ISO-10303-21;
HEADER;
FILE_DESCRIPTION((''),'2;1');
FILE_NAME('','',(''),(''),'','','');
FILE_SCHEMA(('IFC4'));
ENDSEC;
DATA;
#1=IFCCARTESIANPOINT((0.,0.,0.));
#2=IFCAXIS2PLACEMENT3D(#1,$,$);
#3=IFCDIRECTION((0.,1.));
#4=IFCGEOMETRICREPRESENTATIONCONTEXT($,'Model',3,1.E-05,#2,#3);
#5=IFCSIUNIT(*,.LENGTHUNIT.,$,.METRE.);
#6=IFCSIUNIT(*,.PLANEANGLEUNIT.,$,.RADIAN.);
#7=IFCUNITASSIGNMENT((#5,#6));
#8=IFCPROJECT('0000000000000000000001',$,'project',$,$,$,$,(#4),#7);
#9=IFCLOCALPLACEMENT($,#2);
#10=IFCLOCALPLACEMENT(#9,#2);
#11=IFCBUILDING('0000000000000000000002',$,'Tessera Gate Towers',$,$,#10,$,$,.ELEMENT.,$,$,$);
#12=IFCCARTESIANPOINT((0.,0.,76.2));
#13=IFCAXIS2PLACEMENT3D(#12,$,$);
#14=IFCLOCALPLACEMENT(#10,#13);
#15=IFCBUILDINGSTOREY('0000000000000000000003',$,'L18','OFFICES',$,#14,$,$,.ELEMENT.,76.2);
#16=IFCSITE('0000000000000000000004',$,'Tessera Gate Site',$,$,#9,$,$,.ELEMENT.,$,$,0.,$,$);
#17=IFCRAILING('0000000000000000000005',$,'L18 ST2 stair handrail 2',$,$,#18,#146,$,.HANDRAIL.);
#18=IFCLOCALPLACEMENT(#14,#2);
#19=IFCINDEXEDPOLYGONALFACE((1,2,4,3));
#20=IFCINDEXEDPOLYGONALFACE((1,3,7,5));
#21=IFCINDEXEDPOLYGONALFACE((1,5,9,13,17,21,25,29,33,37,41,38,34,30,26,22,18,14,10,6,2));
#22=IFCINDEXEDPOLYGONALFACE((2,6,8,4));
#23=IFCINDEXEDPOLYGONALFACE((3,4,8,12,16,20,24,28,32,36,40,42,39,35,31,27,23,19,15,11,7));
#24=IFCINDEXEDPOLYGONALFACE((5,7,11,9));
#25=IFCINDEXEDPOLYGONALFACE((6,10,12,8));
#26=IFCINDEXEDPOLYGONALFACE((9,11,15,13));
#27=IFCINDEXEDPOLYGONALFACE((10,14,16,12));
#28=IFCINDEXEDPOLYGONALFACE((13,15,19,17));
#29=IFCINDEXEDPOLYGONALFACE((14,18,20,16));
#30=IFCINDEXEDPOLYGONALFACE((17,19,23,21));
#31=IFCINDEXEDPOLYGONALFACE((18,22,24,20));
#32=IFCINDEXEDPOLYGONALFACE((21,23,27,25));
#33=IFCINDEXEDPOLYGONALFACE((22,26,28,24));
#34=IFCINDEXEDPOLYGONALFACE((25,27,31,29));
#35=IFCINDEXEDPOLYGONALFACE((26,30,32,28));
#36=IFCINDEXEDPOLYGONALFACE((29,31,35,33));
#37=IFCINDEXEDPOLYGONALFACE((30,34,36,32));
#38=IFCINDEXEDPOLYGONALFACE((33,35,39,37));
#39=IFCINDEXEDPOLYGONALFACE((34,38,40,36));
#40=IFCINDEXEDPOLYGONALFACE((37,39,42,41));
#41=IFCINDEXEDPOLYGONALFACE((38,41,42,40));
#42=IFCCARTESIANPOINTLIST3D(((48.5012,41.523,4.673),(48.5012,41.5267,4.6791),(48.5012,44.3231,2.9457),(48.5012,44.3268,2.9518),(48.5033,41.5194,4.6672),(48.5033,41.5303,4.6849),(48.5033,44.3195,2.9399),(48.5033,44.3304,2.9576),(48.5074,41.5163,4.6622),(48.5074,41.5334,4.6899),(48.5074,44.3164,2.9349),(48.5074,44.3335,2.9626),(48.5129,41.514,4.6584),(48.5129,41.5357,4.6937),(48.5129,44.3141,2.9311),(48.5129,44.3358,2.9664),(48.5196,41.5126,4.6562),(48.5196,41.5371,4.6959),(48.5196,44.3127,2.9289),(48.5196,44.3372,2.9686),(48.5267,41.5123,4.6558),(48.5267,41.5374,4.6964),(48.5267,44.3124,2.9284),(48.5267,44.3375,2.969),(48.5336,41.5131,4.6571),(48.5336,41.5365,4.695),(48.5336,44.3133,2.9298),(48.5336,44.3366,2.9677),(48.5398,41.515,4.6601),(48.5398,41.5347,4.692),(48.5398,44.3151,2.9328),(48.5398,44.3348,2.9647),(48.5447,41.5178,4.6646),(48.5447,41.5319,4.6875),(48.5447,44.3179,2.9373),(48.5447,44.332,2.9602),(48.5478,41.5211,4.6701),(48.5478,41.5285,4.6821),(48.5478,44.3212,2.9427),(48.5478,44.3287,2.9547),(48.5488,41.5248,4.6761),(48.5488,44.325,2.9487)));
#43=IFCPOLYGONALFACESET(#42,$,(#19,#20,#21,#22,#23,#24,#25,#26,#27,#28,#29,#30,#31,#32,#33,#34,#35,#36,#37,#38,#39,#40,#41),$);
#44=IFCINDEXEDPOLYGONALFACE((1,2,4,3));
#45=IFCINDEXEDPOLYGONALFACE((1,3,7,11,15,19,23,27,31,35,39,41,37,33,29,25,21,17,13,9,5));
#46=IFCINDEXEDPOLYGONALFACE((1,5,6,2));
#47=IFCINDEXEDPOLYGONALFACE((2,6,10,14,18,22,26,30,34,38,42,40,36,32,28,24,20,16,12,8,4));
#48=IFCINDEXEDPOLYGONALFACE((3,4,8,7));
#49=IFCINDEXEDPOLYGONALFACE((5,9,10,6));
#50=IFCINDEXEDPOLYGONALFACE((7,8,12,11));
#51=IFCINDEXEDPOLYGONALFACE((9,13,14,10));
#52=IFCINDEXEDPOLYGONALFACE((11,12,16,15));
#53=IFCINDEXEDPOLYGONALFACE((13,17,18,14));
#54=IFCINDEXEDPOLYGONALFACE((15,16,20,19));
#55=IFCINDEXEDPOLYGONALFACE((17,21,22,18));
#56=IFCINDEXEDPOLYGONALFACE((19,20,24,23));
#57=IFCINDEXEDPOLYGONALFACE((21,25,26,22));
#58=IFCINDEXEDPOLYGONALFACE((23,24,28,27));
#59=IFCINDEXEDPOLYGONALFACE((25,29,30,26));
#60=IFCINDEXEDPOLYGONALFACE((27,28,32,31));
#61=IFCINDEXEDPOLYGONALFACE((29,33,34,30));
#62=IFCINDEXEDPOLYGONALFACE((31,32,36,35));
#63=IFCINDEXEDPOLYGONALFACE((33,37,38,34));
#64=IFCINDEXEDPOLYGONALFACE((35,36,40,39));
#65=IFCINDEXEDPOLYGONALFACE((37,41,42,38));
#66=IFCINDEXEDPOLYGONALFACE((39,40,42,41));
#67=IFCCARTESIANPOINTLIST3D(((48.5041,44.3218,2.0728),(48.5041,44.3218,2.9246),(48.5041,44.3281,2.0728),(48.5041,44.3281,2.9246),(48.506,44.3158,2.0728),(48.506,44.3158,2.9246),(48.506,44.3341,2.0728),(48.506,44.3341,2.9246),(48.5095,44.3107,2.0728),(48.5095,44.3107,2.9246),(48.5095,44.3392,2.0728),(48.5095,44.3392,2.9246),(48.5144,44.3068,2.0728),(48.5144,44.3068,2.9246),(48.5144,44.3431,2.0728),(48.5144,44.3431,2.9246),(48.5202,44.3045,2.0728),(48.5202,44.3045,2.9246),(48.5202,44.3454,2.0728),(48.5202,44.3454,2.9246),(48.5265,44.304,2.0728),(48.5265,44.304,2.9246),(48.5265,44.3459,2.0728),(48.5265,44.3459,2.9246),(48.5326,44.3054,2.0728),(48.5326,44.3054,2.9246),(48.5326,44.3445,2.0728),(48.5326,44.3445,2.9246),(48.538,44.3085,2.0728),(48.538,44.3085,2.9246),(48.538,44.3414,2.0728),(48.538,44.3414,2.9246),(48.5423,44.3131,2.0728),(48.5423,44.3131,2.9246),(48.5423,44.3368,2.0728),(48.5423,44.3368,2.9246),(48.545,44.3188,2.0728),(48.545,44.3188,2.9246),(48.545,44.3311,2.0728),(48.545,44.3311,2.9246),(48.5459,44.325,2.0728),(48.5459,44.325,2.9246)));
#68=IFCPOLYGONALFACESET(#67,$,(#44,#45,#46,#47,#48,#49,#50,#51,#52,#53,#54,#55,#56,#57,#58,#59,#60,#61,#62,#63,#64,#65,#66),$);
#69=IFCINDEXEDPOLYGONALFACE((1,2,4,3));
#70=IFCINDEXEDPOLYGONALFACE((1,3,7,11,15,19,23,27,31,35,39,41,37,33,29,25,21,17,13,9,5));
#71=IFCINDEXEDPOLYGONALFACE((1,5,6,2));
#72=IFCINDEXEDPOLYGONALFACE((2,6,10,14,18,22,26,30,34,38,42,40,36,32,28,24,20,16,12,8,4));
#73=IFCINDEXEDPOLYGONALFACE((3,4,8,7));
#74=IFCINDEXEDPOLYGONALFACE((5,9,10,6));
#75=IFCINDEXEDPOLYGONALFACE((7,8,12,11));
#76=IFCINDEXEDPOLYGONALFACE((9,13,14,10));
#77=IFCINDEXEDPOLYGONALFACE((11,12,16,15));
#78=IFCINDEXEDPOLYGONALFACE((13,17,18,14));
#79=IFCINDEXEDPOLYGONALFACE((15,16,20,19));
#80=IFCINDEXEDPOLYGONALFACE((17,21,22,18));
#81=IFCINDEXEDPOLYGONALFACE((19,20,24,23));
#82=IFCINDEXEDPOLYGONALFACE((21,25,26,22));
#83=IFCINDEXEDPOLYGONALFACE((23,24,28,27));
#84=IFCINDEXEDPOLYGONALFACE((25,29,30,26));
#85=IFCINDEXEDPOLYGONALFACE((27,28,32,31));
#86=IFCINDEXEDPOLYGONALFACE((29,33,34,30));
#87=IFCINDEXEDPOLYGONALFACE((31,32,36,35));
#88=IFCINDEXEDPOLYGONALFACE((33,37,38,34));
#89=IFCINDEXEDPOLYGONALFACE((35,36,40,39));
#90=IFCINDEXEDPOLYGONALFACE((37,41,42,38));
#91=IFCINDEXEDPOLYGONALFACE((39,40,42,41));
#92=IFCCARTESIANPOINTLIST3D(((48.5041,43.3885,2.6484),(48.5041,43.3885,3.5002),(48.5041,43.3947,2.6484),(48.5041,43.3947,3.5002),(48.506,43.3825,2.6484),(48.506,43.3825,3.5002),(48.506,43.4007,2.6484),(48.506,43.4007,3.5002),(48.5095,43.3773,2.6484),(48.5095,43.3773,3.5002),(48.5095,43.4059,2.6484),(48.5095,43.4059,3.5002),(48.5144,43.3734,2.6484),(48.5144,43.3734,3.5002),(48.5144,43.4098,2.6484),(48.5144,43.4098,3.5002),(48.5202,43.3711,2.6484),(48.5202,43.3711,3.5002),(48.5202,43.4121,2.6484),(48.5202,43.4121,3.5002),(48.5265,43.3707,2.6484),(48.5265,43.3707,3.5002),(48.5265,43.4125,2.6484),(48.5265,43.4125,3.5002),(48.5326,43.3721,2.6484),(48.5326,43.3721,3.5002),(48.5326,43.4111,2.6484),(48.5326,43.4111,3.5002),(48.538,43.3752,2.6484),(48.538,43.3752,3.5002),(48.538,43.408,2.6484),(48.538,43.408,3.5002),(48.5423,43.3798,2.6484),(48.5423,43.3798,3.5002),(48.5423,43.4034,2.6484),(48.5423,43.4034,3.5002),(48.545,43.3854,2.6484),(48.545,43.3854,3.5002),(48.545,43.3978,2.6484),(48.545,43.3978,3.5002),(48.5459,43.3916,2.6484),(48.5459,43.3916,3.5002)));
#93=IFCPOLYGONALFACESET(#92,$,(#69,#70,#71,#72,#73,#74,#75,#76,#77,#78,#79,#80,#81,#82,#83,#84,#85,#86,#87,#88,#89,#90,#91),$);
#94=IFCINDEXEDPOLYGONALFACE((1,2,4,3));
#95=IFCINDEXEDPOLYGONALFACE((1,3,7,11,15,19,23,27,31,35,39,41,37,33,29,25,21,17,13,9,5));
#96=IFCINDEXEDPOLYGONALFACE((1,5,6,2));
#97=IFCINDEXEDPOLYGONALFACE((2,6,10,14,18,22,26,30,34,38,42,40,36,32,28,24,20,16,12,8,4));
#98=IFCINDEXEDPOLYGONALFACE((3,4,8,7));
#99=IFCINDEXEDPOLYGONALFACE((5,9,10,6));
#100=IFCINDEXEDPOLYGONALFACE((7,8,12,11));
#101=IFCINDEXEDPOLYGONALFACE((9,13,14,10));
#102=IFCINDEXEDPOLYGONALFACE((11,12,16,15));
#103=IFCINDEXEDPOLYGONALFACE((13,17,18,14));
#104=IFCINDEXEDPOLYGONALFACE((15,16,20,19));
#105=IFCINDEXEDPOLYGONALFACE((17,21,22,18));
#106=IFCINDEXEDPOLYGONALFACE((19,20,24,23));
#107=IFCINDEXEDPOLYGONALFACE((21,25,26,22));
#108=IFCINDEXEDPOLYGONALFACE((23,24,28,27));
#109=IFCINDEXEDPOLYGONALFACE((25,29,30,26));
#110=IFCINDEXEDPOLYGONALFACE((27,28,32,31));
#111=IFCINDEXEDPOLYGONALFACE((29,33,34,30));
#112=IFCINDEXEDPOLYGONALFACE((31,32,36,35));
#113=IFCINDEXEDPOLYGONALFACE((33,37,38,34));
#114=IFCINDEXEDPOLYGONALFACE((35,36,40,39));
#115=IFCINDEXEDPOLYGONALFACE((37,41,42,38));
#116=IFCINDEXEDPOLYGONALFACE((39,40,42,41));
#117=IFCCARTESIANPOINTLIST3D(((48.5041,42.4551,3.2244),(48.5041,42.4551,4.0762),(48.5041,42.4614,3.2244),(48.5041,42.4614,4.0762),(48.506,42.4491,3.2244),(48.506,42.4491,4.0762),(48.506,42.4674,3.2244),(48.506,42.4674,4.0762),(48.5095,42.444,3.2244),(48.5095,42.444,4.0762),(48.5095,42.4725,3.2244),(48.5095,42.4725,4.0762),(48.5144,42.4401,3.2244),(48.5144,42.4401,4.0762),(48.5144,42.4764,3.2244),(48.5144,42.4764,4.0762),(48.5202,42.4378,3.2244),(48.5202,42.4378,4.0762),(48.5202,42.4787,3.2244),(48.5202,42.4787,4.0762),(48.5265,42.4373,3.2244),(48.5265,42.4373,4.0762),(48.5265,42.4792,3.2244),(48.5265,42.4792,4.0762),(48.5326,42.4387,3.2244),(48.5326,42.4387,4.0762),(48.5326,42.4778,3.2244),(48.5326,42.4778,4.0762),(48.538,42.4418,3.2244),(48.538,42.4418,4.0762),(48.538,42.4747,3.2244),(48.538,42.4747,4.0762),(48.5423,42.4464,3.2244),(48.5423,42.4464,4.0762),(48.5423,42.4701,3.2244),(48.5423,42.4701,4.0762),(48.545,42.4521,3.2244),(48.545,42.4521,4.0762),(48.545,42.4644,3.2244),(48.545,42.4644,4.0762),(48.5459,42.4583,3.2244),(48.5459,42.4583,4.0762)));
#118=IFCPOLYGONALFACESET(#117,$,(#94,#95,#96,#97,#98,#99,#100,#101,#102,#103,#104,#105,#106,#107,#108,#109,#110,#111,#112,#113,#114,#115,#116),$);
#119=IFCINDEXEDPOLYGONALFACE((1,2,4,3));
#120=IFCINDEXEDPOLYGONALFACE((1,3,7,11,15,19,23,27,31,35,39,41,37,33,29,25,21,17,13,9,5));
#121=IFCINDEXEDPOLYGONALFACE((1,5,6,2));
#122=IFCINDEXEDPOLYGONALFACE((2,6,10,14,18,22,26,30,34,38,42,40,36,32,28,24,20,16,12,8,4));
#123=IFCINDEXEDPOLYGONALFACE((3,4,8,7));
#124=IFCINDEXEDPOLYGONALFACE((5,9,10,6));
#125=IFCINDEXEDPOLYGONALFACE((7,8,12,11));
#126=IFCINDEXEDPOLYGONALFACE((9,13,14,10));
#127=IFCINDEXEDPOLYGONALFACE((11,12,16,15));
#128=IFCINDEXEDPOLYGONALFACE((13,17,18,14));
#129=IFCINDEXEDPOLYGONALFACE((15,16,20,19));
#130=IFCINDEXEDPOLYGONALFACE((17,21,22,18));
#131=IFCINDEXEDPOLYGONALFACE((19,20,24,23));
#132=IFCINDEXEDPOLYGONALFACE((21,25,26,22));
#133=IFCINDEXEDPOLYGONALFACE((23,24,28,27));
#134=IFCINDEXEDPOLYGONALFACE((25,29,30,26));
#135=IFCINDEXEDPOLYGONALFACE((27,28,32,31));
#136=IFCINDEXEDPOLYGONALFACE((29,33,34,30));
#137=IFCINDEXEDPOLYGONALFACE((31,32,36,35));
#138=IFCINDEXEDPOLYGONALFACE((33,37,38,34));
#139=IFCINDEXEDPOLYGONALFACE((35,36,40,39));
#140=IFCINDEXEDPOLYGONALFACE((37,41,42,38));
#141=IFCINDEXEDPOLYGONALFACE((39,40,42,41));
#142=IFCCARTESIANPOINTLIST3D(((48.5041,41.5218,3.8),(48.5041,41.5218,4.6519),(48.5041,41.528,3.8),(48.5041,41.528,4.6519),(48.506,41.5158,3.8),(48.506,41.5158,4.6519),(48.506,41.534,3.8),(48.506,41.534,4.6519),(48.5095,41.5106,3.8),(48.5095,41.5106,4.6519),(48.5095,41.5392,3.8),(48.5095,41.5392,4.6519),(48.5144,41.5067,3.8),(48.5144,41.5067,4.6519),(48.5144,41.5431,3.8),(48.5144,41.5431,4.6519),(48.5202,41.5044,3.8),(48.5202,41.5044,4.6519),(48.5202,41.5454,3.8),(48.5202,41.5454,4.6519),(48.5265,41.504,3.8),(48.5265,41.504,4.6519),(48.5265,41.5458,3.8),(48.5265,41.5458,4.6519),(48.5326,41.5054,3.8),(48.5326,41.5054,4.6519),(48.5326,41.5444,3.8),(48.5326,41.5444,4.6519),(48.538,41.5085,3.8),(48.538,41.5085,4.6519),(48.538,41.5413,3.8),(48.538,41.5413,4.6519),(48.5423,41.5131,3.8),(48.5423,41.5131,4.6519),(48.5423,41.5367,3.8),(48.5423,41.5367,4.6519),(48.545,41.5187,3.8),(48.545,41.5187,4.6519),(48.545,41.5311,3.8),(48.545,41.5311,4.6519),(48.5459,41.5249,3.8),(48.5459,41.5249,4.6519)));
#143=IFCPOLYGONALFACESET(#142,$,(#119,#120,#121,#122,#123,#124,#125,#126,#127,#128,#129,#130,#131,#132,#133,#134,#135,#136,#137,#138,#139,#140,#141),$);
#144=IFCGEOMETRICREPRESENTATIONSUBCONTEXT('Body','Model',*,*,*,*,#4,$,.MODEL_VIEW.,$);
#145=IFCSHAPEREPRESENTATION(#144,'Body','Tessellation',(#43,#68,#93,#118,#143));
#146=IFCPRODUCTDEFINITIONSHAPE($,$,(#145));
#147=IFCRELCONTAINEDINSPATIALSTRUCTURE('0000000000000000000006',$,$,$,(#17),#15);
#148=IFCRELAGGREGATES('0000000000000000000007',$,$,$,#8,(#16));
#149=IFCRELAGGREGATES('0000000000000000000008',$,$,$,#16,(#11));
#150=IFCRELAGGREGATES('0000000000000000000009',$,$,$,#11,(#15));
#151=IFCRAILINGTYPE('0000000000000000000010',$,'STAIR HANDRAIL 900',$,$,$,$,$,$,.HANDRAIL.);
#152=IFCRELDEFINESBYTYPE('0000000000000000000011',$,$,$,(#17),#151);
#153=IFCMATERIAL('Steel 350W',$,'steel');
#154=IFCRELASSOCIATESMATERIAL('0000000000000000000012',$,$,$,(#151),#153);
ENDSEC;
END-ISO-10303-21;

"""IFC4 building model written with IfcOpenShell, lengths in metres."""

from ifc_helpers import new_model, si_unit, direction, frame, origin, origin_2d, place, context, subcontext, project, spatial, circle, extrude, material, type_object, element, save


model = new_model("IFC4")

# Units and contexts
model_context = context("Model", 3, precision=1e-05, world=origin(), true_north=direction((0.0, 1.0)))
body_context = subcontext(model_context, "Body", "Model", "MODEL_VIEW")
ifc_project = project(units=[si_unit("LENGTHUNIT", "METRE"), si_unit("PLANEANGLEUNIT", "RADIAN")], contexts=[model_context])

# Site, building, storey
site_placement = place(None, origin())
site = spatial("IfcSite", under=ifc_project, at=site_placement, Name="Tessera Gate Site", CompositionType="ELEMENT", RefElevation=0.0)
building_placement = place(site_placement, origin())
building = spatial("IfcBuilding", under=site, at=building_placement, Name="Tessera Gate Towers", CompositionType="ELEMENT")
storey_placement = place(building_placement, frame((0.0, 0.0, 76.2)))
storey = spatial("IfcBuildingStorey", under=building, at=storey_placement, Name="L18", Description="OFFICES", CompositionType="ELEMENT", Elevation=76.2)

# Railing
ifc_material_1 = material(Name="Steel 350W", Category="steel")
railing_type_1 = type_object("IfcRailingType", Name="STAIR HANDRAIL 900", PredefinedType="HANDRAIL", material=ifc_material_1)
railing_1_placement = place(storey_placement, frame((48.5249, 44.325, 2.0728)))
element("IfcRailing", 1, at=railing_1_placement, inside=storey, type_object=railing_type_1, Name="L18 ST2 stair handrail 2", PredefinedType="HANDRAIL", context=body_context, shape_type="SweptSolid", body=[
    extrude(circle(Radius=0.0239, at=origin_2d()), frame((0.0, 0.0, 0.876), z_axis=(0.0, -0.85109, 0.52502), x_axis=(1.0, 0.0, 0.0)), (0.0, 0.0, 1.0), 3.29),
    extrude(circle(Radius=0.021, at=origin_2d()), origin(), (0.0, 0.0, 1.0), 0.8518),
    extrude(circle(Radius=0.021, at=origin_2d()), frame((0.0, -0.9333, 0.5757)), (0.0, 0.0, 1.0), 0.8518),
    extrude(circle(Radius=0.021, at=origin_2d()), frame((0.0, -1.8667, 1.1516)), (0.0, 0.0, 1.0), 0.8518),
    extrude(circle(Radius=0.021, at=origin_2d()), frame((0.0, -2.8, 1.7273)), (0.0, 0.0, 1.0), 0.8518),
])

save(model, "model.ifc")
